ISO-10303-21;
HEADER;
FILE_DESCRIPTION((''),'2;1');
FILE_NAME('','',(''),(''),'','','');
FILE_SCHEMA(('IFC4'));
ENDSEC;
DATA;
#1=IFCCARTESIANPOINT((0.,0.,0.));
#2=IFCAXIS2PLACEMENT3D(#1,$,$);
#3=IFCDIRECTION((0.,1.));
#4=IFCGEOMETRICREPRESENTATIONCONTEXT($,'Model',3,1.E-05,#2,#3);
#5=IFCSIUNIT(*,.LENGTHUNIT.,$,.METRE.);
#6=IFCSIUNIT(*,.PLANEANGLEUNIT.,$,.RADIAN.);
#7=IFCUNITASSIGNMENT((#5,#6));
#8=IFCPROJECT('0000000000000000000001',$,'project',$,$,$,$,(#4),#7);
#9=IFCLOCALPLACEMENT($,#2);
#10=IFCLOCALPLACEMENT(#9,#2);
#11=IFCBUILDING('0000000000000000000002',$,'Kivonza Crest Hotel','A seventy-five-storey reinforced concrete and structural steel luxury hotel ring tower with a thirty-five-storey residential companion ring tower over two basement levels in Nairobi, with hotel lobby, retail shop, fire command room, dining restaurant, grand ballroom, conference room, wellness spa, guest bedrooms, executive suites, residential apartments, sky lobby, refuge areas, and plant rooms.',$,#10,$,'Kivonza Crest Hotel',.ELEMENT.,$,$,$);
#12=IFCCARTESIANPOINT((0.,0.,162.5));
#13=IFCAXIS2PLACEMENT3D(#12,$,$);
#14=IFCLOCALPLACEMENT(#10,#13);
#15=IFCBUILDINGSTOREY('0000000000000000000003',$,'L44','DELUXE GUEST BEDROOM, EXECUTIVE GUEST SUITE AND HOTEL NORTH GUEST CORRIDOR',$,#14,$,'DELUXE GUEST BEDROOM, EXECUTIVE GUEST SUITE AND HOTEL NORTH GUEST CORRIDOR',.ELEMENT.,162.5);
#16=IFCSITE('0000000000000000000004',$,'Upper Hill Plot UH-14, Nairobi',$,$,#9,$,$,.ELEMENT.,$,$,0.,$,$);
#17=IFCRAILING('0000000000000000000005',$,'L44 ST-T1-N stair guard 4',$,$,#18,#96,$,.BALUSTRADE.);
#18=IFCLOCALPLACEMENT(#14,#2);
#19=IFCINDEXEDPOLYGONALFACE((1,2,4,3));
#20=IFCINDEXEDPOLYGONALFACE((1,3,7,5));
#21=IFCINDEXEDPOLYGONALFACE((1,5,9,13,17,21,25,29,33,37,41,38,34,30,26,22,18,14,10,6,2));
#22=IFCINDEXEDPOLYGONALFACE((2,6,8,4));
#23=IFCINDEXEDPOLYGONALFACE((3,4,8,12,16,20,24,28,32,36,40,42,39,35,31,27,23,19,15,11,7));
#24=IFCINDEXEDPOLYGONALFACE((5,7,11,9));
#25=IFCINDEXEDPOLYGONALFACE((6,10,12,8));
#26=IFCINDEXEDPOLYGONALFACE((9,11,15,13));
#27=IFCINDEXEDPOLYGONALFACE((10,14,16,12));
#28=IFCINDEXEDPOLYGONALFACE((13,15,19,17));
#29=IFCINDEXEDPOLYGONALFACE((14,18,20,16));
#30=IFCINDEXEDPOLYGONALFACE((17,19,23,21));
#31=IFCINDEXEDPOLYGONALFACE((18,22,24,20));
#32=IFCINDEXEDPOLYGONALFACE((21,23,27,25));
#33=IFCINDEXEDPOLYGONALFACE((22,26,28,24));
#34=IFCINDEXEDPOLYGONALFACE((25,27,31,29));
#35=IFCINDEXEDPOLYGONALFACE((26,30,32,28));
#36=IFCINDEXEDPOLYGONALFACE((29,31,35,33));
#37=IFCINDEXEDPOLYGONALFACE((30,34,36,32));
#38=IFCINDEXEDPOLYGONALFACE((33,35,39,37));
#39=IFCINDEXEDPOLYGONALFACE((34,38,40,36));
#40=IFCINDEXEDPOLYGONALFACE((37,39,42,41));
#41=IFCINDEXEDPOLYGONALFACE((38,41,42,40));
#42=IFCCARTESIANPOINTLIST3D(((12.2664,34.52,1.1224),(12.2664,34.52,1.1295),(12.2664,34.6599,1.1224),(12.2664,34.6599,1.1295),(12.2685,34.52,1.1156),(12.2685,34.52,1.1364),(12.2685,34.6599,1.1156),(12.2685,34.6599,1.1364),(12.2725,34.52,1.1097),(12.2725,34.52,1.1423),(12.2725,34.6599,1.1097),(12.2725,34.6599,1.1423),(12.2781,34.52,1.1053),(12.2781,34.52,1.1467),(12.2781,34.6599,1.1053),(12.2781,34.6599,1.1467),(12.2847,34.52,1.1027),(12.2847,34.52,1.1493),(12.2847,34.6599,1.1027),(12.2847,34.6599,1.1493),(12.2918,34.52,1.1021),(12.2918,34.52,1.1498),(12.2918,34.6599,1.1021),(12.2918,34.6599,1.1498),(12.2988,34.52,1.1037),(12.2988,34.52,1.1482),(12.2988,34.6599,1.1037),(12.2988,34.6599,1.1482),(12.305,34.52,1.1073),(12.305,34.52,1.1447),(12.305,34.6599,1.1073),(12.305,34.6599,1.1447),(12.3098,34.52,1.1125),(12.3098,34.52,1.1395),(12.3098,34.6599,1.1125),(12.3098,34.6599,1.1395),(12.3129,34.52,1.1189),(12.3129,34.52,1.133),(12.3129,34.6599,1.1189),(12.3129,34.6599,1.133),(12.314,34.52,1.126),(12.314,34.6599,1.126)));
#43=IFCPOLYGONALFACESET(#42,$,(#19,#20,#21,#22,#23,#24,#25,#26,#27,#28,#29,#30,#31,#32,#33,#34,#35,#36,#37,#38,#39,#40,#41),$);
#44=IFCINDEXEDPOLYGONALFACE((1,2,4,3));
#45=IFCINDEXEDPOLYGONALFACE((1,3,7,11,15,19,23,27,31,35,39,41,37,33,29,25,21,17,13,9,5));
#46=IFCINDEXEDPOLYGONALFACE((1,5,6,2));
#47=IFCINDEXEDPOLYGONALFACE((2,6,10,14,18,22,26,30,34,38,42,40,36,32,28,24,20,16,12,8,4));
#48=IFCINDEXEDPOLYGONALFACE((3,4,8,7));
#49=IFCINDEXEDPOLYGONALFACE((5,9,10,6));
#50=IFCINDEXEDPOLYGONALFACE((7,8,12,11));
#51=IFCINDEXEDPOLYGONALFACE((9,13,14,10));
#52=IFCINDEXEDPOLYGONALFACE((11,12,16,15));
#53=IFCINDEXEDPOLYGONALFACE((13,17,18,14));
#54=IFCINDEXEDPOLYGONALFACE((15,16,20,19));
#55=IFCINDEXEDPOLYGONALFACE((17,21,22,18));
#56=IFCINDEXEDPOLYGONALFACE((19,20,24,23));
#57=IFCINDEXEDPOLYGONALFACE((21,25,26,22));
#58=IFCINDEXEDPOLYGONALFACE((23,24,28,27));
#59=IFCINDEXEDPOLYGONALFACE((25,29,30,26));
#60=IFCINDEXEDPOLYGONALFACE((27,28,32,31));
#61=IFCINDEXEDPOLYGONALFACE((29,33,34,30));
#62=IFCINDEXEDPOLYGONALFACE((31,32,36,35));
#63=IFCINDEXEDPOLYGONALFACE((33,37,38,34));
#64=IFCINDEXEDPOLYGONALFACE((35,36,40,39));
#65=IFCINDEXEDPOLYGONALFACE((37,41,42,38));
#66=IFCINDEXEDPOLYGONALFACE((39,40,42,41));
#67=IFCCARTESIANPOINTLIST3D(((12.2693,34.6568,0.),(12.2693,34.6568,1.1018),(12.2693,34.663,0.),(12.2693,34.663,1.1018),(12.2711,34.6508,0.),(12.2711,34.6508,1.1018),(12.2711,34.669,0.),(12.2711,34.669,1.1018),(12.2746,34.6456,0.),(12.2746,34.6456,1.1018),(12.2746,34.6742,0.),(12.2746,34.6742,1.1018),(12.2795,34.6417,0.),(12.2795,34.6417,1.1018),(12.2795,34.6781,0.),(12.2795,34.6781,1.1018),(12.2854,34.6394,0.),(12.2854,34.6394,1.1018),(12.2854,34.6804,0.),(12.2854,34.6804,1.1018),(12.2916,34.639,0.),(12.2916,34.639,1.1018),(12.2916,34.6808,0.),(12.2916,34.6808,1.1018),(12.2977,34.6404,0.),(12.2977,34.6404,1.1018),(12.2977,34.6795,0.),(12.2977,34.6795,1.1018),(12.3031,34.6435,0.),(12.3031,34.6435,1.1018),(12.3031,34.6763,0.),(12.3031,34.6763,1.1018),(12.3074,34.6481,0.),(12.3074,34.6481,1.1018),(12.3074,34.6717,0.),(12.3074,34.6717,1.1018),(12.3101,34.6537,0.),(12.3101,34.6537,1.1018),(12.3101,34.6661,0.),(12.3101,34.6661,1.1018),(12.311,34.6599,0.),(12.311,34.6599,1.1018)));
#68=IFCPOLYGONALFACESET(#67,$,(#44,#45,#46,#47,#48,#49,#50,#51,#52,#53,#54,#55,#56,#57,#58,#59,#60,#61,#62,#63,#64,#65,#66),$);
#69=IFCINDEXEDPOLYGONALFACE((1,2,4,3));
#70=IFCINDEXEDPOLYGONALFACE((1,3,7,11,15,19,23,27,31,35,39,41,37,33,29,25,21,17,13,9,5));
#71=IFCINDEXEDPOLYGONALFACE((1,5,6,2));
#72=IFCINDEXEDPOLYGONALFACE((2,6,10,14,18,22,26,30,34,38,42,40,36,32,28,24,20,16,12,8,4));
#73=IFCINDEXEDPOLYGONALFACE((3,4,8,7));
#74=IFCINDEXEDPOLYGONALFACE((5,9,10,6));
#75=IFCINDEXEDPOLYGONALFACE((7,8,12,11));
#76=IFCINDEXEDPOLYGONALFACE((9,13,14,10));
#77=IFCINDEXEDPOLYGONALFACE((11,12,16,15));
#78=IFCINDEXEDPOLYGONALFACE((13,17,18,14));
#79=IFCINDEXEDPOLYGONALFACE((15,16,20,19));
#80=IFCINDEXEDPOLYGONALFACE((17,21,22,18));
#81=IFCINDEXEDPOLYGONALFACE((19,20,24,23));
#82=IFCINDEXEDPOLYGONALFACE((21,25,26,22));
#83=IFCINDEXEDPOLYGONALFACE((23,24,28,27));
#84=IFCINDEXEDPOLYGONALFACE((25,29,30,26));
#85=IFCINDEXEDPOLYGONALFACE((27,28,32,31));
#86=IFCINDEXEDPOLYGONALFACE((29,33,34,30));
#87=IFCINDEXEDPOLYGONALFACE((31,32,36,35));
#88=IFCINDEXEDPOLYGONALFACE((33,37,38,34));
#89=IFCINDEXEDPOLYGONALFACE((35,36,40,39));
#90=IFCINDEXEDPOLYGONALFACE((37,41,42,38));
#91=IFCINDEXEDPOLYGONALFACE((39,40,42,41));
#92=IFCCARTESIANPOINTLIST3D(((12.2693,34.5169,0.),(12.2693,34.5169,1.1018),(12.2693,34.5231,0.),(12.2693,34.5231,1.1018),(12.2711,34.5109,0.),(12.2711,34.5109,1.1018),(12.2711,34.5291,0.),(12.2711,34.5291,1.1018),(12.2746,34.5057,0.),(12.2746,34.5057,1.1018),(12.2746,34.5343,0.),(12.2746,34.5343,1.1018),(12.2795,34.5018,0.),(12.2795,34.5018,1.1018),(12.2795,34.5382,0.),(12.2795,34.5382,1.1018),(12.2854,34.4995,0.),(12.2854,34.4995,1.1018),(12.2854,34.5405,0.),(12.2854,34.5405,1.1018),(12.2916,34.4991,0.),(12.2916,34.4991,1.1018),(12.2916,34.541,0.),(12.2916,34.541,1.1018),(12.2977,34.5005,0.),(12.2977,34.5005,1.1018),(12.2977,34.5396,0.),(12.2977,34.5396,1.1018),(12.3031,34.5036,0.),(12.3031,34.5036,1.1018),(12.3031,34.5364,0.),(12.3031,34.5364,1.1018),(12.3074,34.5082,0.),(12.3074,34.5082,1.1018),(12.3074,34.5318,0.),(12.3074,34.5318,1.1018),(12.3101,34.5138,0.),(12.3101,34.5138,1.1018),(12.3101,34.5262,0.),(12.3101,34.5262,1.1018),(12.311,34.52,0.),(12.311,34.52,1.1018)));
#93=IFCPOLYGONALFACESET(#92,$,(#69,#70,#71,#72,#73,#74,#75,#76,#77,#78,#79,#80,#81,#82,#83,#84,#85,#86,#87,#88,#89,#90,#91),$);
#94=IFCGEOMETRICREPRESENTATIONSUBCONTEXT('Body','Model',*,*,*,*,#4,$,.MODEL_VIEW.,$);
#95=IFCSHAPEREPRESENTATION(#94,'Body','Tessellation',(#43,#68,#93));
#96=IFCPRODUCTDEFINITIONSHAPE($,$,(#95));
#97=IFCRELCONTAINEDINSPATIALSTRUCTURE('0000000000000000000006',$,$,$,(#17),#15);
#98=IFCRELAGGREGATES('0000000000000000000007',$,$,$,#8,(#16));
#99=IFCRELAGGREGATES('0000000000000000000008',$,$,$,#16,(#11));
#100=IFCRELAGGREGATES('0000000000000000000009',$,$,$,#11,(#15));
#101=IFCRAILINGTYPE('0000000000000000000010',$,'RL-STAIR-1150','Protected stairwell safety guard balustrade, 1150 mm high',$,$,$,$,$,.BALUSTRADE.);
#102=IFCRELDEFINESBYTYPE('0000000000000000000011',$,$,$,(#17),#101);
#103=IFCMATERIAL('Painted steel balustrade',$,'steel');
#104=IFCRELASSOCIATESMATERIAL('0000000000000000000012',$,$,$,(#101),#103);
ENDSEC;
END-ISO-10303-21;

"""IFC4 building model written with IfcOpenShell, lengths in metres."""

from ifc_helpers import new_model, si_unit, direction, frame, origin, origin_2d, place, context, subcontext, project, spatial, circle, extrude, material, type_object, element, save


model = new_model("IFC4")

# Units and contexts
model_context = context("Model", 3, precision=1e-05, world=origin(), true_north=direction((0.0, 1.0)))
body_context = subcontext(model_context, "Body", "Model", "MODEL_VIEW")
ifc_project = project(units=[si_unit("LENGTHUNIT", "METRE"), si_unit("PLANEANGLEUNIT", "RADIAN")], contexts=[model_context])

# Site, building, storey
site_placement = place(None, origin())
site = spatial("IfcSite", under=ifc_project, at=site_placement, Name="Upper Hill Plot UH-14, Nairobi", CompositionType="ELEMENT", RefElevation=0.0)
building_placement = place(site_placement, origin())
building = spatial("IfcBuilding", under=site, at=building_placement, Name="Kivonza Crest Hotel", Description="A seventy-five-storey reinforced concrete and structural steel luxury hotel ring tower with a thirty-five-storey residential companion ring tower over two basement levels in Nairobi, with hotel lobby, retail shop, fire command room, dining restaurant, grand ballroom, conference room, wellness spa, guest bedrooms, executive suites, residential apartments, sky lobby, refuge areas, and plant rooms.", LongName="Kivonza Crest Hotel", CompositionType="ELEMENT")
storey_placement = place(building_placement, frame((0.0, 0.0, 162.5)))
storey = spatial("IfcBuildingStorey", under=building, at=storey_placement, Name="L44", Description="DELUXE GUEST BEDROOM, EXECUTIVE GUEST SUITE AND HOTEL NORTH GUEST CORRIDOR", LongName="DELUXE GUEST BEDROOM, EXECUTIVE GUEST SUITE AND HOTEL NORTH GUEST CORRIDOR", CompositionType="ELEMENT", Elevation=162.5)

# Railing
ifc_material_1 = material(Name="Painted steel balustrade", Category="steel")
railing_type_1 = type_object("IfcRailingType", Name="RL-STAIR-1150", Description="Protected stairwell safety guard balustrade, 1150 mm high", PredefinedType="BALUSTRADE", material=ifc_material_1)
railing_1_placement = place(storey_placement, frame((12.29, 34.6599, 0.0)))
element("IfcRailing", 1, at=railing_1_placement, inside=storey, type_object=railing_type_1, Name="L44 ST-T1-N stair guard 4", PredefinedType="BALUSTRADE", context=body_context, shape_type="SweptSolid", body=[
    extrude(circle(Radius=0.0239, at=origin_2d()), frame((0.0, 0.0, 1.126), z_axis=(0.0, -1.0, 0.0), x_axis=(1.0, 0.0, 0.0)), (0.0, 0.0, 1.0), 0.1399),
    extrude(circle(Radius=0.021, at=origin_2d()), origin(), (0.0, 0.0, 1.0), 1.1018),
    extrude(circle(Radius=0.021, at=origin_2d()), frame((0.0, -0.1399, 0.0)), (0.0, 0.0, 1.0), 1.1018),
])

save(model, "model.ifc")
